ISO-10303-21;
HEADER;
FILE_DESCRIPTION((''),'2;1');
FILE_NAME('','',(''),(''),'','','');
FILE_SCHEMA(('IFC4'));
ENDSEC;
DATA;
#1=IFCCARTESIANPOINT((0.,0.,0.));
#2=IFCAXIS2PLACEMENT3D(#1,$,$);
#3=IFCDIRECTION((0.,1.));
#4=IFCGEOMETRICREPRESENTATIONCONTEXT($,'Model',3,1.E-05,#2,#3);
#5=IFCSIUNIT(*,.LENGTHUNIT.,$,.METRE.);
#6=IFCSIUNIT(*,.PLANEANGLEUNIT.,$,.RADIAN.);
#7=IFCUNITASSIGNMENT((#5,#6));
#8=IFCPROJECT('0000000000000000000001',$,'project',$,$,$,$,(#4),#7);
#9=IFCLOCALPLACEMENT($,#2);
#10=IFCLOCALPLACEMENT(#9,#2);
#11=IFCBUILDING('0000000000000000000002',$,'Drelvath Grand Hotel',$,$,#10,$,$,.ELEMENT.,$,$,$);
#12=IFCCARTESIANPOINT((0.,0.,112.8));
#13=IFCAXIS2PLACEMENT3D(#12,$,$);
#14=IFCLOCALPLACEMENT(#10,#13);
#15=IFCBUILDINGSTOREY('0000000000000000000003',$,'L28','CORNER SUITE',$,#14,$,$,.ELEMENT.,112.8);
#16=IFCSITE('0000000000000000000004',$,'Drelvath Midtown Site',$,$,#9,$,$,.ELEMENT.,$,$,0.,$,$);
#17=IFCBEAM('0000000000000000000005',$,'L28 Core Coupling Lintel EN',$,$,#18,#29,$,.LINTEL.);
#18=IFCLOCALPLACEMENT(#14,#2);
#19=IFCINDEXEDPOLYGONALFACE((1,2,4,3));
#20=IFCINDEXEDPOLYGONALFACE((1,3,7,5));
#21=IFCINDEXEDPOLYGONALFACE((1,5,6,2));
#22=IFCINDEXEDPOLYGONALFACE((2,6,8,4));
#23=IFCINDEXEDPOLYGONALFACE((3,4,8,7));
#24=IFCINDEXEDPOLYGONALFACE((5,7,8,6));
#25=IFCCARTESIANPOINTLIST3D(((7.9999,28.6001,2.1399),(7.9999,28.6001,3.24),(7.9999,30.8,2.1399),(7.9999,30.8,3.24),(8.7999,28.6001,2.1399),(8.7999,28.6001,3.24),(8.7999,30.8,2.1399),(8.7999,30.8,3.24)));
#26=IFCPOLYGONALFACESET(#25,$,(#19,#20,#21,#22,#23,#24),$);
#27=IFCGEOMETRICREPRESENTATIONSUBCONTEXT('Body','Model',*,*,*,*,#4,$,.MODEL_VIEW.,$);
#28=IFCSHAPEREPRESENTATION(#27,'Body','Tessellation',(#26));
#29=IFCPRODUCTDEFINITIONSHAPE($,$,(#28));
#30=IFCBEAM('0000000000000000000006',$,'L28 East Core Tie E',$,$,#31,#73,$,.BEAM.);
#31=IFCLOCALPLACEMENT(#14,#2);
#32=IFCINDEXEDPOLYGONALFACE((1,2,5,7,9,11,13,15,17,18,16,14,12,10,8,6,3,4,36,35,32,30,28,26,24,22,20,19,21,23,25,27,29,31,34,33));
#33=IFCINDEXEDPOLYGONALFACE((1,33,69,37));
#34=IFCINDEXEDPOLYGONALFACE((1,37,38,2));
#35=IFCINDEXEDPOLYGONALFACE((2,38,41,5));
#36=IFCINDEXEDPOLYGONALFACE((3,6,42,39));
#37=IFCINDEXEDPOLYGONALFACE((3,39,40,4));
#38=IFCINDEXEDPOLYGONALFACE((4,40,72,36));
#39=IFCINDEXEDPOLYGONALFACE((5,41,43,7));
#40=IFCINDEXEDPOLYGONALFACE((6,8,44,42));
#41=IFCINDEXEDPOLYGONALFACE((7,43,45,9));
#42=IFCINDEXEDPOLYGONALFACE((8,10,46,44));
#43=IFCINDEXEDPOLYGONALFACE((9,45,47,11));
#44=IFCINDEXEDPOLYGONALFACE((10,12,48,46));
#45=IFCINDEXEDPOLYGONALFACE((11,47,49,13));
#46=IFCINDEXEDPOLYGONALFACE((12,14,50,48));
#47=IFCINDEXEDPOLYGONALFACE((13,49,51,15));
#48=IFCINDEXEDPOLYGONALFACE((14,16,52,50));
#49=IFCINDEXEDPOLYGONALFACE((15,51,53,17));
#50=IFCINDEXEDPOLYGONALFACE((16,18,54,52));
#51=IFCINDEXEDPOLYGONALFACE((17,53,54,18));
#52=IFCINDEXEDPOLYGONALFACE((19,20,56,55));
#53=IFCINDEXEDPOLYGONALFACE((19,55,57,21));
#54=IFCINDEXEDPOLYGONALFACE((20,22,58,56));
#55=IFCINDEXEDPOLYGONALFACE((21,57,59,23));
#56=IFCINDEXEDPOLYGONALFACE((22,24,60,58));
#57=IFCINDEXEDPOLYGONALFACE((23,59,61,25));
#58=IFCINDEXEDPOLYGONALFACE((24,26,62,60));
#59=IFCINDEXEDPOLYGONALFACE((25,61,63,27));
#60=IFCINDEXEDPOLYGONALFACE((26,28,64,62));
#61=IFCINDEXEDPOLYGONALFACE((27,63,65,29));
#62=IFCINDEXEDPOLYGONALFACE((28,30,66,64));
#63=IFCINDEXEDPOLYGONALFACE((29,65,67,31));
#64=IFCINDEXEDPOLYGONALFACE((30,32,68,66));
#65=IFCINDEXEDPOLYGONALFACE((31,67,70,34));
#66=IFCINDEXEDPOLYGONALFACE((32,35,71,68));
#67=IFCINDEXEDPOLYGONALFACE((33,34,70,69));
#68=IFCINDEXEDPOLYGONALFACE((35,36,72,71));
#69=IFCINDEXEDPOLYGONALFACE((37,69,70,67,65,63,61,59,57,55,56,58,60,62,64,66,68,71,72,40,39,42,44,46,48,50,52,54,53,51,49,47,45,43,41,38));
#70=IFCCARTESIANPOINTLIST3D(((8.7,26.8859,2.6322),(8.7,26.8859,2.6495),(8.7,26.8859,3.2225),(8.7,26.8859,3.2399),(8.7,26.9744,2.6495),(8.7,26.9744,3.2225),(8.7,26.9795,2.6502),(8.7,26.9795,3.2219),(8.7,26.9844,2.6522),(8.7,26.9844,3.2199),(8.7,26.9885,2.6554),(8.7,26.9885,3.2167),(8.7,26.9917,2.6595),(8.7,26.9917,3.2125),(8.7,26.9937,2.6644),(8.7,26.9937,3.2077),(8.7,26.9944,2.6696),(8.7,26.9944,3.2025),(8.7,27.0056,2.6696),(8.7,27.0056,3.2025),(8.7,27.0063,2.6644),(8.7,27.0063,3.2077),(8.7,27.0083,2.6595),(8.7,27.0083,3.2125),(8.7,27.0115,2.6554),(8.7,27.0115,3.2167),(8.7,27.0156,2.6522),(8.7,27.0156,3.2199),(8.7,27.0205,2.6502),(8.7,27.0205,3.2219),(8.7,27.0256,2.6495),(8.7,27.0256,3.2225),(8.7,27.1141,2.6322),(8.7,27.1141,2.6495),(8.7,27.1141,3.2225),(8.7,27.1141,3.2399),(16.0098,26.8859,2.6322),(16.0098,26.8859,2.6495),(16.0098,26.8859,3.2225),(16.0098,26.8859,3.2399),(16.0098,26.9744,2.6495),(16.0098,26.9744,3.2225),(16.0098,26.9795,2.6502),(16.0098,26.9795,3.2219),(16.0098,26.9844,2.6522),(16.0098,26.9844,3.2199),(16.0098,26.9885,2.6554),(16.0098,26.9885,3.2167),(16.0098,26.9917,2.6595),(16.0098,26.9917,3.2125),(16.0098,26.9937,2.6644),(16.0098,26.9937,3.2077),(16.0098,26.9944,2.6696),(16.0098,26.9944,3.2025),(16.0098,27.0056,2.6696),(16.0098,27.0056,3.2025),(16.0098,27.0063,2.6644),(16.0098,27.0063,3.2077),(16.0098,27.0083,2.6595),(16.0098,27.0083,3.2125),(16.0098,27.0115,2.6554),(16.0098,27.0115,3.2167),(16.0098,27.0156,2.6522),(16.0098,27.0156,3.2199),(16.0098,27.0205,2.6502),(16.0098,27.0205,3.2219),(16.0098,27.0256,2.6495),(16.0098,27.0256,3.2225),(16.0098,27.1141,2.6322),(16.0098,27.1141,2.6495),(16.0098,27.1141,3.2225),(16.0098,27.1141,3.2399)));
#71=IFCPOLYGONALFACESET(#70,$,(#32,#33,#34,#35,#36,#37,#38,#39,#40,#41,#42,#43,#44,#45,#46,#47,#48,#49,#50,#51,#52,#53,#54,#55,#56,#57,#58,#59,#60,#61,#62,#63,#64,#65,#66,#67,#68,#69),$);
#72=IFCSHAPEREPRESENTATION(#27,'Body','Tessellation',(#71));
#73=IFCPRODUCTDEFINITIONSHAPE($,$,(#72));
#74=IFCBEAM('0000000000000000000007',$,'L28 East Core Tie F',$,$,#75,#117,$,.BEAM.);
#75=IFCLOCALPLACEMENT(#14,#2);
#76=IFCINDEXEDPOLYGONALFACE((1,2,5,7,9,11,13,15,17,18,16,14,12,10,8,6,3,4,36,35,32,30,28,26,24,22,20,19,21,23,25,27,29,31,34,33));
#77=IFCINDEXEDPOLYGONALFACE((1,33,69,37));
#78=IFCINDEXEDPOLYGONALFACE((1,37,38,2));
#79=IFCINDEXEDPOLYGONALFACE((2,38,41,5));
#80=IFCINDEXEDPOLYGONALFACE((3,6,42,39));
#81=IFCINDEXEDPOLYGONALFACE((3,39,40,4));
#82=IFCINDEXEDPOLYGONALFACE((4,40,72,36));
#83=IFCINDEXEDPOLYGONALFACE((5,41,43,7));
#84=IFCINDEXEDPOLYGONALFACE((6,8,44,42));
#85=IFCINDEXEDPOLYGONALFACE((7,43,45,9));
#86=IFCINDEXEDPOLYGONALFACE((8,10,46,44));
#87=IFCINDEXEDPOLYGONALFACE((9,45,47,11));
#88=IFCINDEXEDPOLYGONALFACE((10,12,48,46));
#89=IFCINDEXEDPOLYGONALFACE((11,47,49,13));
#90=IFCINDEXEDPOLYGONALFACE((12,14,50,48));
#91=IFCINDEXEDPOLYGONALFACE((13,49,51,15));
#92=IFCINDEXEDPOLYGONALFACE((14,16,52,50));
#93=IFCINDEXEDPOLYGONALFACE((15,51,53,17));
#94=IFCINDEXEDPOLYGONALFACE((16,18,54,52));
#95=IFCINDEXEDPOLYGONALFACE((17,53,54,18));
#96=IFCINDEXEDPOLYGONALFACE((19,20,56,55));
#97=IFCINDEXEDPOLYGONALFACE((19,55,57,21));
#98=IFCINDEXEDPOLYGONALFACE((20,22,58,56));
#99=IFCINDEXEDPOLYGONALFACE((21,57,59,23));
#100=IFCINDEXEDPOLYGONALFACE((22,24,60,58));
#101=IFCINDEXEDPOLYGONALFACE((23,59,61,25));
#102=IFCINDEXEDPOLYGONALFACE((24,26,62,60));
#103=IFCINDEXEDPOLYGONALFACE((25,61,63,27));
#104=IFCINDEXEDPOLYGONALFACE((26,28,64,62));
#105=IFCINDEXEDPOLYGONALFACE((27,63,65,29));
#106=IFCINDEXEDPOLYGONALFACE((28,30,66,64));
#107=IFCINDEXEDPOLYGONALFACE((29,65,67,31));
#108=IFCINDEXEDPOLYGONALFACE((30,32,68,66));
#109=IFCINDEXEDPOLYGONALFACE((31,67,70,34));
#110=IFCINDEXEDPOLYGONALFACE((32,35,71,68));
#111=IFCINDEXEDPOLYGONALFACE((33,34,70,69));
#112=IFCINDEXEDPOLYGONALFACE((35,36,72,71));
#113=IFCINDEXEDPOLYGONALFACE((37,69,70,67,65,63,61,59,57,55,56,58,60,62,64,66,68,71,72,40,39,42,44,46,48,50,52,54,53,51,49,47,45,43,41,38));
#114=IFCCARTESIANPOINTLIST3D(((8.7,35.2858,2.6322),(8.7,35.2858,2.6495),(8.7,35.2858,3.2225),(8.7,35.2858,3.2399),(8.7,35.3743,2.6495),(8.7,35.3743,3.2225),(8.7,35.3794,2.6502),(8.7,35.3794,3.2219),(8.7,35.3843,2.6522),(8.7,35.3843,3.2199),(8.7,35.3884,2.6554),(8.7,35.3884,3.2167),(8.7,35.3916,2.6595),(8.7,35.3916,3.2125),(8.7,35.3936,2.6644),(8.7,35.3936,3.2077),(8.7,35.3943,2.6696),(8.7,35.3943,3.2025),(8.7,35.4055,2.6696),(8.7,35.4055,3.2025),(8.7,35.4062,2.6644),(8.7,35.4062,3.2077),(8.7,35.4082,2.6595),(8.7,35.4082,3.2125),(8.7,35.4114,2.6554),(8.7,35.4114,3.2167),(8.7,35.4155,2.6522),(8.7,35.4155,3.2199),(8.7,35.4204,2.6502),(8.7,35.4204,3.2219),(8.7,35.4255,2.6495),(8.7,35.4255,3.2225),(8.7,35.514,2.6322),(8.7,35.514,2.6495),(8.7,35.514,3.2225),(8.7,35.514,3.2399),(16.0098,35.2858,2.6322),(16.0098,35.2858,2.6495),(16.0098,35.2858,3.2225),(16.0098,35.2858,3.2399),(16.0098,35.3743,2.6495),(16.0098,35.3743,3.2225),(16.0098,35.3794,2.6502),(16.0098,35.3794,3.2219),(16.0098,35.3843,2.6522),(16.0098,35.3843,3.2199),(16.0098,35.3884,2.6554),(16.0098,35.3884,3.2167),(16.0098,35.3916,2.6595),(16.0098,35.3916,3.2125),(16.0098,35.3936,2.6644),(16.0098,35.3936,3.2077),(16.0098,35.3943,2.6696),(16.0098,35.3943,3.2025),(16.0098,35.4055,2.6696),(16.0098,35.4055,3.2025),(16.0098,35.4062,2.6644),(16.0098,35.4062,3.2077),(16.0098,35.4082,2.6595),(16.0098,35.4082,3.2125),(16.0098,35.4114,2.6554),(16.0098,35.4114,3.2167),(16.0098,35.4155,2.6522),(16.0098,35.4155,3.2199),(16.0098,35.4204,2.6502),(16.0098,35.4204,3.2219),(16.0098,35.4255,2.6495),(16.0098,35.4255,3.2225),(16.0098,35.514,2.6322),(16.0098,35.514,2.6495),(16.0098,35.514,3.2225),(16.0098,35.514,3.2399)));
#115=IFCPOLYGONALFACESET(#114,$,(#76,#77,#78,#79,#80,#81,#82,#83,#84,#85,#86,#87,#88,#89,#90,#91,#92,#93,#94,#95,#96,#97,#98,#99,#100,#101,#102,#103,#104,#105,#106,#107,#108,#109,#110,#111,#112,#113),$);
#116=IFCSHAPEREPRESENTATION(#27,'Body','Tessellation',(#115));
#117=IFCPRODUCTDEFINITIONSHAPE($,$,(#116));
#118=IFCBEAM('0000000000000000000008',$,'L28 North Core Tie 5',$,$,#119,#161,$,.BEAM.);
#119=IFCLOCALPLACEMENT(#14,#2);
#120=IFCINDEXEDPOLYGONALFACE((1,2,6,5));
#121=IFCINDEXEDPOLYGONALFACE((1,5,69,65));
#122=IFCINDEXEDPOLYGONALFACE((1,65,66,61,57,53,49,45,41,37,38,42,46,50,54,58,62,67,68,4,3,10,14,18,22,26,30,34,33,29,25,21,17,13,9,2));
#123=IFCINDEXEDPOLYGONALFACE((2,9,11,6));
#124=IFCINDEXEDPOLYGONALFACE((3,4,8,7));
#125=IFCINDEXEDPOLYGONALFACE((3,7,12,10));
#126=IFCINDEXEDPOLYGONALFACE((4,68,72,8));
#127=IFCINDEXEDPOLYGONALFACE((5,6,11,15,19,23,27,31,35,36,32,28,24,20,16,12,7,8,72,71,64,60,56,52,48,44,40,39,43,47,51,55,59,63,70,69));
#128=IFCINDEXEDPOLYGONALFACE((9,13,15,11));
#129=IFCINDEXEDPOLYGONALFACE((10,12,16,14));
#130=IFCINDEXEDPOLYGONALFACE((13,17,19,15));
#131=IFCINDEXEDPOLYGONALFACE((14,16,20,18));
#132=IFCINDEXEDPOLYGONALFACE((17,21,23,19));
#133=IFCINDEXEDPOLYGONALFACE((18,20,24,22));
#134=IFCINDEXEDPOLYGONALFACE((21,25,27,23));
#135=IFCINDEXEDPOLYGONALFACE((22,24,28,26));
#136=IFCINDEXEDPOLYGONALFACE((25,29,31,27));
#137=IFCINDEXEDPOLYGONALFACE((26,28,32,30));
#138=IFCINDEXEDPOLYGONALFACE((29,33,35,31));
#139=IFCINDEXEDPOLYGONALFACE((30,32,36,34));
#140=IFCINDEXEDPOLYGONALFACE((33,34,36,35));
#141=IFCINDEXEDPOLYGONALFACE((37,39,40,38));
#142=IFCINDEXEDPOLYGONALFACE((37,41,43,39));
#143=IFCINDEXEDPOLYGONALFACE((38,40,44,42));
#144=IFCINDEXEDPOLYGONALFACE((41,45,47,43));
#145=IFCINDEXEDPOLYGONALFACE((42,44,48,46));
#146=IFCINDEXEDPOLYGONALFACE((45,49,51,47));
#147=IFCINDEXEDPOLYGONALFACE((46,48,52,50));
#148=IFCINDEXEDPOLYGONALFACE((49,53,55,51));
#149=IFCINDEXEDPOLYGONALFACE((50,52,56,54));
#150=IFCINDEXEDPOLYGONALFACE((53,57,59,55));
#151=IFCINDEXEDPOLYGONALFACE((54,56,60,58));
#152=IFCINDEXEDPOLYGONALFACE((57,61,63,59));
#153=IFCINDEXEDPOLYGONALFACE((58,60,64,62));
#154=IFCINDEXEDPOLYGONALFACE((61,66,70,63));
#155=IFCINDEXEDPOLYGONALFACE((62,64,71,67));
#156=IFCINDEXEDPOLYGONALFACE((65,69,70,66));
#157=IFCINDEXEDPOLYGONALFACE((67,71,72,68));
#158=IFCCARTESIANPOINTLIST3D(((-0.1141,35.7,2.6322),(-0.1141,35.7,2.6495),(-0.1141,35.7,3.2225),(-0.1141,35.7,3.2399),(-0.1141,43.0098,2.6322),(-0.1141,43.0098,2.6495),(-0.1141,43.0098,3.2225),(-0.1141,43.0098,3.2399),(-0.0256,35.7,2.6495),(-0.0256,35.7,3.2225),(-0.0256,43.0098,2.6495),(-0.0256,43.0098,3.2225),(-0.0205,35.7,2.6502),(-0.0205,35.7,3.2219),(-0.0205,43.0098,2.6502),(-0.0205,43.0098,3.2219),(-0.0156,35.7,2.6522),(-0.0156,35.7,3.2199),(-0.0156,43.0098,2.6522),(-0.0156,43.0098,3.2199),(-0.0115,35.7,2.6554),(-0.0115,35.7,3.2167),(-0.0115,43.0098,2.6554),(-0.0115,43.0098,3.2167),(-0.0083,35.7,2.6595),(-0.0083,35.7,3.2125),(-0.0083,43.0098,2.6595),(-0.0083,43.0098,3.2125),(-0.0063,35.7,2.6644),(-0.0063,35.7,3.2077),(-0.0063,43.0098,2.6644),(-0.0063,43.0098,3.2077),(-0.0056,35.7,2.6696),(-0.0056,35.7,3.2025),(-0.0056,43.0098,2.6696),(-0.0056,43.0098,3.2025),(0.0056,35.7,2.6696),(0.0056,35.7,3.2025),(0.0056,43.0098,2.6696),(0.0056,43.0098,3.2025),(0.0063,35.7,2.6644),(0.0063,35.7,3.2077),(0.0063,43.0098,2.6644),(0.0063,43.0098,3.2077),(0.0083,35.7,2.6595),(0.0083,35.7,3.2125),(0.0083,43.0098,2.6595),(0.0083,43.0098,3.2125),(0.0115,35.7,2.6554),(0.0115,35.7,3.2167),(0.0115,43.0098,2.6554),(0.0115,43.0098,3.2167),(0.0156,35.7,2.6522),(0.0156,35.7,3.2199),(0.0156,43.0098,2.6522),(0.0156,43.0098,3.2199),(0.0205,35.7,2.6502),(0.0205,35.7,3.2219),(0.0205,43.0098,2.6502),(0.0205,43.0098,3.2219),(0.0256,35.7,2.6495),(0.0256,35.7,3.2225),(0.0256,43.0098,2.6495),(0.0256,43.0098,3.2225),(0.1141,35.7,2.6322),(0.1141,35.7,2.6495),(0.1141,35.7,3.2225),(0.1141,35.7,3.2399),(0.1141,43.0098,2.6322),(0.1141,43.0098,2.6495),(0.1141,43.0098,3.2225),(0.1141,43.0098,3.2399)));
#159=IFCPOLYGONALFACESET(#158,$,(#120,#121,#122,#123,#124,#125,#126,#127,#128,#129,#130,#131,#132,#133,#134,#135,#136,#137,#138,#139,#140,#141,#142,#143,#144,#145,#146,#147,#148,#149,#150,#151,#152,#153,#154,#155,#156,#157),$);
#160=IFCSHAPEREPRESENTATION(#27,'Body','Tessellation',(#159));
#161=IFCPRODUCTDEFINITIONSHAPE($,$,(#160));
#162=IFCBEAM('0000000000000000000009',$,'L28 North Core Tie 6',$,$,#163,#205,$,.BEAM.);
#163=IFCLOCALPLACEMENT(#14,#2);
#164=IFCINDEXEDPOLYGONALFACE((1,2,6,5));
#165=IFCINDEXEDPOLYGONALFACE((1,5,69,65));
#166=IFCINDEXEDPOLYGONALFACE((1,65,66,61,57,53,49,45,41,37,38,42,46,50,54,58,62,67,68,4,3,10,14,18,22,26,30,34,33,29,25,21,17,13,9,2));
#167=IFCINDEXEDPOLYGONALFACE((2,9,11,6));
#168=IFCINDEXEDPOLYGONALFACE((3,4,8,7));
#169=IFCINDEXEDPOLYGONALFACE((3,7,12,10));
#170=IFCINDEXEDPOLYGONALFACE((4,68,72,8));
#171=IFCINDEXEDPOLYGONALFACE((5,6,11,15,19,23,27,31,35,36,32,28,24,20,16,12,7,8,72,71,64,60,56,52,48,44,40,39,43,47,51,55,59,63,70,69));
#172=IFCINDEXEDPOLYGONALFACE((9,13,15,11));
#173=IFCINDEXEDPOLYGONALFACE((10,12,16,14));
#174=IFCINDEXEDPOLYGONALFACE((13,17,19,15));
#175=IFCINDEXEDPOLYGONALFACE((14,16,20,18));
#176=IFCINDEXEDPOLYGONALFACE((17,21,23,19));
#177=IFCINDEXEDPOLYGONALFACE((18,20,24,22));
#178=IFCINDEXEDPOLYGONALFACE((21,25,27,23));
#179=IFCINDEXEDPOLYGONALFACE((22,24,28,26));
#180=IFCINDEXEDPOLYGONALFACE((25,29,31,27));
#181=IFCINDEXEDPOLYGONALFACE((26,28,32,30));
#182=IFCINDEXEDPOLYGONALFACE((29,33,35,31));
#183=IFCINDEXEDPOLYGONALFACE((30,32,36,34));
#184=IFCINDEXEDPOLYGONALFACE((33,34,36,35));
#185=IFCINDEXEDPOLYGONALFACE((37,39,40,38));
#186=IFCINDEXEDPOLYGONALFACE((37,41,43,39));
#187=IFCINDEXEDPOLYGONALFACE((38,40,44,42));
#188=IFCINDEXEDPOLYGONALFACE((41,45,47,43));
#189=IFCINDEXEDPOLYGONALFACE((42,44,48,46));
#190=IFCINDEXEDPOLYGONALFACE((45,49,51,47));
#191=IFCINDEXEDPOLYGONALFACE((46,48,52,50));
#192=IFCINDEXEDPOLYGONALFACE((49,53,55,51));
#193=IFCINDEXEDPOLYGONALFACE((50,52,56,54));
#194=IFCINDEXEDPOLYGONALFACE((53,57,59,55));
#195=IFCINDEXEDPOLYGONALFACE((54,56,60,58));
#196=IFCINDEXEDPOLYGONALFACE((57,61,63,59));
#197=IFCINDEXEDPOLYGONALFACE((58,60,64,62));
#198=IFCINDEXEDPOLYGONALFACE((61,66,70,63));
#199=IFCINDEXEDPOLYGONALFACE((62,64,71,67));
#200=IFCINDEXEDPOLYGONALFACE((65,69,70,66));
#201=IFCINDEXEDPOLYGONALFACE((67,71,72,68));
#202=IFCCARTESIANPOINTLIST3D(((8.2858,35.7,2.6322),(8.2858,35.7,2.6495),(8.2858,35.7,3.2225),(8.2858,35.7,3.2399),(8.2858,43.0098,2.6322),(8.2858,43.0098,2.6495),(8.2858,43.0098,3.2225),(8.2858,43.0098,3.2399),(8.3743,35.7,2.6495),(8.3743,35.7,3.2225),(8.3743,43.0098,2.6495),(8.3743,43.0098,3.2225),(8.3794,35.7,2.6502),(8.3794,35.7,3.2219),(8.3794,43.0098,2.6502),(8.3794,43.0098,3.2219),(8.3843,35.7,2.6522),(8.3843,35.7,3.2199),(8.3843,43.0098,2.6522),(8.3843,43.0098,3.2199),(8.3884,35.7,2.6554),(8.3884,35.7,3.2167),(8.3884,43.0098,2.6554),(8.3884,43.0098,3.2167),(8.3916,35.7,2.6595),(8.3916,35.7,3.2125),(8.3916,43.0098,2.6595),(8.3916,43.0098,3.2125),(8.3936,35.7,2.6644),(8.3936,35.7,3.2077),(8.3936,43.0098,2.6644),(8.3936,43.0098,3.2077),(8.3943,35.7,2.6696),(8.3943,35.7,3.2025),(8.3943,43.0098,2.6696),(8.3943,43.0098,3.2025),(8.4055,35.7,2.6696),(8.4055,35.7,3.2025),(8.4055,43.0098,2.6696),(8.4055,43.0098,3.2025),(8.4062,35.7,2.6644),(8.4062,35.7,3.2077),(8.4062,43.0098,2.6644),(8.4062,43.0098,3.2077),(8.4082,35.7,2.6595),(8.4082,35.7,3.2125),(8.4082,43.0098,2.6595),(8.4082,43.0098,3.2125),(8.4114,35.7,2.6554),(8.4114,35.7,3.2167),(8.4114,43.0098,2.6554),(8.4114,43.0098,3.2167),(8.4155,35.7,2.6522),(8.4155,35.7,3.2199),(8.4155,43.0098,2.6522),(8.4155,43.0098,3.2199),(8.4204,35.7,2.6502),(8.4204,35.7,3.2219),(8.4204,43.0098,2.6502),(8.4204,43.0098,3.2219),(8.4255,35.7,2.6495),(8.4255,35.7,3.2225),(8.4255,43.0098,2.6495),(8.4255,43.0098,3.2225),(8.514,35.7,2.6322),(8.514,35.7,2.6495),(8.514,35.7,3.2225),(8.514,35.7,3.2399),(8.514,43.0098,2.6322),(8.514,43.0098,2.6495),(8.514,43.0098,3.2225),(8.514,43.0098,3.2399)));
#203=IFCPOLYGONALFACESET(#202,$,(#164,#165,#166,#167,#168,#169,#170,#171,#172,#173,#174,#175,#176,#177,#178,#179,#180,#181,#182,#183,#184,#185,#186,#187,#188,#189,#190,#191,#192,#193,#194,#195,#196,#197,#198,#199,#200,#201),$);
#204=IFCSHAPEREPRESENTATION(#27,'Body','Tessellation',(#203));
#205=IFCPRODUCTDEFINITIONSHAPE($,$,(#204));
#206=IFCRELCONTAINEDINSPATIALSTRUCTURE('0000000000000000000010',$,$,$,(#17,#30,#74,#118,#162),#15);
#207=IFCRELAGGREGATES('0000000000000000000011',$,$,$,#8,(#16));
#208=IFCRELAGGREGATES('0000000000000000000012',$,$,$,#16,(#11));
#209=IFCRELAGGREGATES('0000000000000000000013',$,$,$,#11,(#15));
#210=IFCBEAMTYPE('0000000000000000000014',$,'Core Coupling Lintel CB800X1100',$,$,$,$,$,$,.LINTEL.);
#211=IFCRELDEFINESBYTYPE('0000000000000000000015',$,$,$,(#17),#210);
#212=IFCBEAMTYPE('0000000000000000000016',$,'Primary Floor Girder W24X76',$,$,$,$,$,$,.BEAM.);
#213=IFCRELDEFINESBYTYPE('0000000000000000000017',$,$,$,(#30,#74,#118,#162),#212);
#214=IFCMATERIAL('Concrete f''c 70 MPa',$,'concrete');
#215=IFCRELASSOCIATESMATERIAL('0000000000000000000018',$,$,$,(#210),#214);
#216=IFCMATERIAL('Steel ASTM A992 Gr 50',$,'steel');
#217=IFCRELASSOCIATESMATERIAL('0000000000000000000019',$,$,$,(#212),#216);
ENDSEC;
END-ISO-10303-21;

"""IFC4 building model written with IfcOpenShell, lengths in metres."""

from ifc_helpers import new_model, si_unit, direction, frame, origin, origin_2d, place, context, subcontext, project, spatial, rectangle, i_section, extrude, material, material_profile, profile_set, type_object, element, save


model = new_model("IFC4")

# Units and contexts
model_context = context("Model", 3, precision=1e-05, world=origin(), true_north=direction((0.0, 1.0)))
body_context = subcontext(model_context, "Body", "Model", "MODEL_VIEW")
ifc_project = project(units=[si_unit("LENGTHUNIT", "METRE"), si_unit("PLANEANGLEUNIT", "RADIAN")], contexts=[model_context])

# Site, building, storey
site_placement = place(None, origin())
site = spatial("IfcSite", under=ifc_project, at=site_placement, Name="Drelvath Midtown Site", CompositionType="ELEMENT", RefElevation=0.0)
building_placement = place(site_placement, origin())
building = spatial("IfcBuilding", under=site, at=building_placement, Name="Drelvath Grand Hotel", CompositionType="ELEMENT")
storey_placement = place(building_placement, frame((0.0, 0.0, 112.8)))
storey = spatial("IfcBuildingStorey", under=building, at=storey_placement, Name="L28", Description="CORNER SUITE", CompositionType="ELEMENT", Elevation=112.8)

# Beams
ifc_material_1 = material(Name="Concrete f'c 70 MPa", Category="concrete")
ifc_material_profile_1 = material_profile(ifc_material_1, rectangle(XDim=0.8, YDim=1.1001, at=origin_2d()), Name="CB800X1100")
ifc_profile_set_1 = profile_set([ifc_material_profile_1], Name="Concrete f'c 70 MPa")
beam_type_1 = type_object("IfcBeamType", Name="Core Coupling Lintel CB800X1100", PredefinedType="LINTEL", material=ifc_profile_set_1)
beam_placement = place(storey_placement, frame((8.3999, 28.6001, 2.6899), z_axis=(0.0, 1.0, 0.0), x_axis=(-1.0, 0.0, 0.0)))
element("IfcBeam", 1, at=beam_placement, inside=storey, type_object=beam_type_1, Name="L28 Core Coupling Lintel EN", PredefinedType="LINTEL", context=body_context, shape_type="SweptSolid", body=[
    extrude(rectangle(XDim=0.8, YDim=1.1001, at=origin_2d()), origin(), (0.0, 0.0, 1.0), 2.2),
])
ifc_material_2 = material(Name="Steel ASTM A992 Gr 50", Category="steel")
ifc_material_profile_2 = material_profile(ifc_material_2, i_section(OverallWidth=0.2283, OverallDepth=0.6077, WebThickness=0.0112, FlangeThickness=0.0173, FilletRadius=0.02, at=origin_2d()), Name="W24X76")
ifc_profile_set_2 = profile_set([ifc_material_profile_2], Name="Steel ASTM A992 Gr 50")
beam_type_2 = type_object("IfcBeamType", Name="Primary Floor Girder W24X76", PredefinedType="BEAM", material=ifc_profile_set_2)
for number, where, z_axis, x_axis, name in (
    (2, (8.7, 27.0, 2.936), (1.0, 0.0, 0.0), (0.0, 1.0, 0.0), "L28 East Core Tie E"),
    (3, (8.7, 35.3999, 2.936), (1.0, 0.0, 0.0), (0.0, 1.0, 0.0), "L28 East Core Tie F"),
    (4, (0.0, 35.7, 2.936), (0.0, 1.0, 0.0), (-1.0, 0.0, 0.0), "L28 North Core Tie 5"),
    (5, (8.3999, 35.7, 2.936), (0.0, 1.0, 0.0), (-1.0, 0.0, 0.0), "L28 North Core Tie 6"),
):
    element("IfcBeam", number, at=place(storey_placement, frame(where, z_axis=z_axis, x_axis=x_axis)), inside=storey, type_object=beam_type_2, Name=name, PredefinedType="BEAM", context=body_context, shape_type="SweptSolid", body=[
        extrude(i_section(OverallWidth=0.2283, OverallDepth=0.6077, WebThickness=0.0112, FlangeThickness=0.0173, FilletRadius=0.02, at=origin_2d()), origin(), (0.0, 0.0, 1.0), 7.3098),
    ])

save(model, "model.ifc")
